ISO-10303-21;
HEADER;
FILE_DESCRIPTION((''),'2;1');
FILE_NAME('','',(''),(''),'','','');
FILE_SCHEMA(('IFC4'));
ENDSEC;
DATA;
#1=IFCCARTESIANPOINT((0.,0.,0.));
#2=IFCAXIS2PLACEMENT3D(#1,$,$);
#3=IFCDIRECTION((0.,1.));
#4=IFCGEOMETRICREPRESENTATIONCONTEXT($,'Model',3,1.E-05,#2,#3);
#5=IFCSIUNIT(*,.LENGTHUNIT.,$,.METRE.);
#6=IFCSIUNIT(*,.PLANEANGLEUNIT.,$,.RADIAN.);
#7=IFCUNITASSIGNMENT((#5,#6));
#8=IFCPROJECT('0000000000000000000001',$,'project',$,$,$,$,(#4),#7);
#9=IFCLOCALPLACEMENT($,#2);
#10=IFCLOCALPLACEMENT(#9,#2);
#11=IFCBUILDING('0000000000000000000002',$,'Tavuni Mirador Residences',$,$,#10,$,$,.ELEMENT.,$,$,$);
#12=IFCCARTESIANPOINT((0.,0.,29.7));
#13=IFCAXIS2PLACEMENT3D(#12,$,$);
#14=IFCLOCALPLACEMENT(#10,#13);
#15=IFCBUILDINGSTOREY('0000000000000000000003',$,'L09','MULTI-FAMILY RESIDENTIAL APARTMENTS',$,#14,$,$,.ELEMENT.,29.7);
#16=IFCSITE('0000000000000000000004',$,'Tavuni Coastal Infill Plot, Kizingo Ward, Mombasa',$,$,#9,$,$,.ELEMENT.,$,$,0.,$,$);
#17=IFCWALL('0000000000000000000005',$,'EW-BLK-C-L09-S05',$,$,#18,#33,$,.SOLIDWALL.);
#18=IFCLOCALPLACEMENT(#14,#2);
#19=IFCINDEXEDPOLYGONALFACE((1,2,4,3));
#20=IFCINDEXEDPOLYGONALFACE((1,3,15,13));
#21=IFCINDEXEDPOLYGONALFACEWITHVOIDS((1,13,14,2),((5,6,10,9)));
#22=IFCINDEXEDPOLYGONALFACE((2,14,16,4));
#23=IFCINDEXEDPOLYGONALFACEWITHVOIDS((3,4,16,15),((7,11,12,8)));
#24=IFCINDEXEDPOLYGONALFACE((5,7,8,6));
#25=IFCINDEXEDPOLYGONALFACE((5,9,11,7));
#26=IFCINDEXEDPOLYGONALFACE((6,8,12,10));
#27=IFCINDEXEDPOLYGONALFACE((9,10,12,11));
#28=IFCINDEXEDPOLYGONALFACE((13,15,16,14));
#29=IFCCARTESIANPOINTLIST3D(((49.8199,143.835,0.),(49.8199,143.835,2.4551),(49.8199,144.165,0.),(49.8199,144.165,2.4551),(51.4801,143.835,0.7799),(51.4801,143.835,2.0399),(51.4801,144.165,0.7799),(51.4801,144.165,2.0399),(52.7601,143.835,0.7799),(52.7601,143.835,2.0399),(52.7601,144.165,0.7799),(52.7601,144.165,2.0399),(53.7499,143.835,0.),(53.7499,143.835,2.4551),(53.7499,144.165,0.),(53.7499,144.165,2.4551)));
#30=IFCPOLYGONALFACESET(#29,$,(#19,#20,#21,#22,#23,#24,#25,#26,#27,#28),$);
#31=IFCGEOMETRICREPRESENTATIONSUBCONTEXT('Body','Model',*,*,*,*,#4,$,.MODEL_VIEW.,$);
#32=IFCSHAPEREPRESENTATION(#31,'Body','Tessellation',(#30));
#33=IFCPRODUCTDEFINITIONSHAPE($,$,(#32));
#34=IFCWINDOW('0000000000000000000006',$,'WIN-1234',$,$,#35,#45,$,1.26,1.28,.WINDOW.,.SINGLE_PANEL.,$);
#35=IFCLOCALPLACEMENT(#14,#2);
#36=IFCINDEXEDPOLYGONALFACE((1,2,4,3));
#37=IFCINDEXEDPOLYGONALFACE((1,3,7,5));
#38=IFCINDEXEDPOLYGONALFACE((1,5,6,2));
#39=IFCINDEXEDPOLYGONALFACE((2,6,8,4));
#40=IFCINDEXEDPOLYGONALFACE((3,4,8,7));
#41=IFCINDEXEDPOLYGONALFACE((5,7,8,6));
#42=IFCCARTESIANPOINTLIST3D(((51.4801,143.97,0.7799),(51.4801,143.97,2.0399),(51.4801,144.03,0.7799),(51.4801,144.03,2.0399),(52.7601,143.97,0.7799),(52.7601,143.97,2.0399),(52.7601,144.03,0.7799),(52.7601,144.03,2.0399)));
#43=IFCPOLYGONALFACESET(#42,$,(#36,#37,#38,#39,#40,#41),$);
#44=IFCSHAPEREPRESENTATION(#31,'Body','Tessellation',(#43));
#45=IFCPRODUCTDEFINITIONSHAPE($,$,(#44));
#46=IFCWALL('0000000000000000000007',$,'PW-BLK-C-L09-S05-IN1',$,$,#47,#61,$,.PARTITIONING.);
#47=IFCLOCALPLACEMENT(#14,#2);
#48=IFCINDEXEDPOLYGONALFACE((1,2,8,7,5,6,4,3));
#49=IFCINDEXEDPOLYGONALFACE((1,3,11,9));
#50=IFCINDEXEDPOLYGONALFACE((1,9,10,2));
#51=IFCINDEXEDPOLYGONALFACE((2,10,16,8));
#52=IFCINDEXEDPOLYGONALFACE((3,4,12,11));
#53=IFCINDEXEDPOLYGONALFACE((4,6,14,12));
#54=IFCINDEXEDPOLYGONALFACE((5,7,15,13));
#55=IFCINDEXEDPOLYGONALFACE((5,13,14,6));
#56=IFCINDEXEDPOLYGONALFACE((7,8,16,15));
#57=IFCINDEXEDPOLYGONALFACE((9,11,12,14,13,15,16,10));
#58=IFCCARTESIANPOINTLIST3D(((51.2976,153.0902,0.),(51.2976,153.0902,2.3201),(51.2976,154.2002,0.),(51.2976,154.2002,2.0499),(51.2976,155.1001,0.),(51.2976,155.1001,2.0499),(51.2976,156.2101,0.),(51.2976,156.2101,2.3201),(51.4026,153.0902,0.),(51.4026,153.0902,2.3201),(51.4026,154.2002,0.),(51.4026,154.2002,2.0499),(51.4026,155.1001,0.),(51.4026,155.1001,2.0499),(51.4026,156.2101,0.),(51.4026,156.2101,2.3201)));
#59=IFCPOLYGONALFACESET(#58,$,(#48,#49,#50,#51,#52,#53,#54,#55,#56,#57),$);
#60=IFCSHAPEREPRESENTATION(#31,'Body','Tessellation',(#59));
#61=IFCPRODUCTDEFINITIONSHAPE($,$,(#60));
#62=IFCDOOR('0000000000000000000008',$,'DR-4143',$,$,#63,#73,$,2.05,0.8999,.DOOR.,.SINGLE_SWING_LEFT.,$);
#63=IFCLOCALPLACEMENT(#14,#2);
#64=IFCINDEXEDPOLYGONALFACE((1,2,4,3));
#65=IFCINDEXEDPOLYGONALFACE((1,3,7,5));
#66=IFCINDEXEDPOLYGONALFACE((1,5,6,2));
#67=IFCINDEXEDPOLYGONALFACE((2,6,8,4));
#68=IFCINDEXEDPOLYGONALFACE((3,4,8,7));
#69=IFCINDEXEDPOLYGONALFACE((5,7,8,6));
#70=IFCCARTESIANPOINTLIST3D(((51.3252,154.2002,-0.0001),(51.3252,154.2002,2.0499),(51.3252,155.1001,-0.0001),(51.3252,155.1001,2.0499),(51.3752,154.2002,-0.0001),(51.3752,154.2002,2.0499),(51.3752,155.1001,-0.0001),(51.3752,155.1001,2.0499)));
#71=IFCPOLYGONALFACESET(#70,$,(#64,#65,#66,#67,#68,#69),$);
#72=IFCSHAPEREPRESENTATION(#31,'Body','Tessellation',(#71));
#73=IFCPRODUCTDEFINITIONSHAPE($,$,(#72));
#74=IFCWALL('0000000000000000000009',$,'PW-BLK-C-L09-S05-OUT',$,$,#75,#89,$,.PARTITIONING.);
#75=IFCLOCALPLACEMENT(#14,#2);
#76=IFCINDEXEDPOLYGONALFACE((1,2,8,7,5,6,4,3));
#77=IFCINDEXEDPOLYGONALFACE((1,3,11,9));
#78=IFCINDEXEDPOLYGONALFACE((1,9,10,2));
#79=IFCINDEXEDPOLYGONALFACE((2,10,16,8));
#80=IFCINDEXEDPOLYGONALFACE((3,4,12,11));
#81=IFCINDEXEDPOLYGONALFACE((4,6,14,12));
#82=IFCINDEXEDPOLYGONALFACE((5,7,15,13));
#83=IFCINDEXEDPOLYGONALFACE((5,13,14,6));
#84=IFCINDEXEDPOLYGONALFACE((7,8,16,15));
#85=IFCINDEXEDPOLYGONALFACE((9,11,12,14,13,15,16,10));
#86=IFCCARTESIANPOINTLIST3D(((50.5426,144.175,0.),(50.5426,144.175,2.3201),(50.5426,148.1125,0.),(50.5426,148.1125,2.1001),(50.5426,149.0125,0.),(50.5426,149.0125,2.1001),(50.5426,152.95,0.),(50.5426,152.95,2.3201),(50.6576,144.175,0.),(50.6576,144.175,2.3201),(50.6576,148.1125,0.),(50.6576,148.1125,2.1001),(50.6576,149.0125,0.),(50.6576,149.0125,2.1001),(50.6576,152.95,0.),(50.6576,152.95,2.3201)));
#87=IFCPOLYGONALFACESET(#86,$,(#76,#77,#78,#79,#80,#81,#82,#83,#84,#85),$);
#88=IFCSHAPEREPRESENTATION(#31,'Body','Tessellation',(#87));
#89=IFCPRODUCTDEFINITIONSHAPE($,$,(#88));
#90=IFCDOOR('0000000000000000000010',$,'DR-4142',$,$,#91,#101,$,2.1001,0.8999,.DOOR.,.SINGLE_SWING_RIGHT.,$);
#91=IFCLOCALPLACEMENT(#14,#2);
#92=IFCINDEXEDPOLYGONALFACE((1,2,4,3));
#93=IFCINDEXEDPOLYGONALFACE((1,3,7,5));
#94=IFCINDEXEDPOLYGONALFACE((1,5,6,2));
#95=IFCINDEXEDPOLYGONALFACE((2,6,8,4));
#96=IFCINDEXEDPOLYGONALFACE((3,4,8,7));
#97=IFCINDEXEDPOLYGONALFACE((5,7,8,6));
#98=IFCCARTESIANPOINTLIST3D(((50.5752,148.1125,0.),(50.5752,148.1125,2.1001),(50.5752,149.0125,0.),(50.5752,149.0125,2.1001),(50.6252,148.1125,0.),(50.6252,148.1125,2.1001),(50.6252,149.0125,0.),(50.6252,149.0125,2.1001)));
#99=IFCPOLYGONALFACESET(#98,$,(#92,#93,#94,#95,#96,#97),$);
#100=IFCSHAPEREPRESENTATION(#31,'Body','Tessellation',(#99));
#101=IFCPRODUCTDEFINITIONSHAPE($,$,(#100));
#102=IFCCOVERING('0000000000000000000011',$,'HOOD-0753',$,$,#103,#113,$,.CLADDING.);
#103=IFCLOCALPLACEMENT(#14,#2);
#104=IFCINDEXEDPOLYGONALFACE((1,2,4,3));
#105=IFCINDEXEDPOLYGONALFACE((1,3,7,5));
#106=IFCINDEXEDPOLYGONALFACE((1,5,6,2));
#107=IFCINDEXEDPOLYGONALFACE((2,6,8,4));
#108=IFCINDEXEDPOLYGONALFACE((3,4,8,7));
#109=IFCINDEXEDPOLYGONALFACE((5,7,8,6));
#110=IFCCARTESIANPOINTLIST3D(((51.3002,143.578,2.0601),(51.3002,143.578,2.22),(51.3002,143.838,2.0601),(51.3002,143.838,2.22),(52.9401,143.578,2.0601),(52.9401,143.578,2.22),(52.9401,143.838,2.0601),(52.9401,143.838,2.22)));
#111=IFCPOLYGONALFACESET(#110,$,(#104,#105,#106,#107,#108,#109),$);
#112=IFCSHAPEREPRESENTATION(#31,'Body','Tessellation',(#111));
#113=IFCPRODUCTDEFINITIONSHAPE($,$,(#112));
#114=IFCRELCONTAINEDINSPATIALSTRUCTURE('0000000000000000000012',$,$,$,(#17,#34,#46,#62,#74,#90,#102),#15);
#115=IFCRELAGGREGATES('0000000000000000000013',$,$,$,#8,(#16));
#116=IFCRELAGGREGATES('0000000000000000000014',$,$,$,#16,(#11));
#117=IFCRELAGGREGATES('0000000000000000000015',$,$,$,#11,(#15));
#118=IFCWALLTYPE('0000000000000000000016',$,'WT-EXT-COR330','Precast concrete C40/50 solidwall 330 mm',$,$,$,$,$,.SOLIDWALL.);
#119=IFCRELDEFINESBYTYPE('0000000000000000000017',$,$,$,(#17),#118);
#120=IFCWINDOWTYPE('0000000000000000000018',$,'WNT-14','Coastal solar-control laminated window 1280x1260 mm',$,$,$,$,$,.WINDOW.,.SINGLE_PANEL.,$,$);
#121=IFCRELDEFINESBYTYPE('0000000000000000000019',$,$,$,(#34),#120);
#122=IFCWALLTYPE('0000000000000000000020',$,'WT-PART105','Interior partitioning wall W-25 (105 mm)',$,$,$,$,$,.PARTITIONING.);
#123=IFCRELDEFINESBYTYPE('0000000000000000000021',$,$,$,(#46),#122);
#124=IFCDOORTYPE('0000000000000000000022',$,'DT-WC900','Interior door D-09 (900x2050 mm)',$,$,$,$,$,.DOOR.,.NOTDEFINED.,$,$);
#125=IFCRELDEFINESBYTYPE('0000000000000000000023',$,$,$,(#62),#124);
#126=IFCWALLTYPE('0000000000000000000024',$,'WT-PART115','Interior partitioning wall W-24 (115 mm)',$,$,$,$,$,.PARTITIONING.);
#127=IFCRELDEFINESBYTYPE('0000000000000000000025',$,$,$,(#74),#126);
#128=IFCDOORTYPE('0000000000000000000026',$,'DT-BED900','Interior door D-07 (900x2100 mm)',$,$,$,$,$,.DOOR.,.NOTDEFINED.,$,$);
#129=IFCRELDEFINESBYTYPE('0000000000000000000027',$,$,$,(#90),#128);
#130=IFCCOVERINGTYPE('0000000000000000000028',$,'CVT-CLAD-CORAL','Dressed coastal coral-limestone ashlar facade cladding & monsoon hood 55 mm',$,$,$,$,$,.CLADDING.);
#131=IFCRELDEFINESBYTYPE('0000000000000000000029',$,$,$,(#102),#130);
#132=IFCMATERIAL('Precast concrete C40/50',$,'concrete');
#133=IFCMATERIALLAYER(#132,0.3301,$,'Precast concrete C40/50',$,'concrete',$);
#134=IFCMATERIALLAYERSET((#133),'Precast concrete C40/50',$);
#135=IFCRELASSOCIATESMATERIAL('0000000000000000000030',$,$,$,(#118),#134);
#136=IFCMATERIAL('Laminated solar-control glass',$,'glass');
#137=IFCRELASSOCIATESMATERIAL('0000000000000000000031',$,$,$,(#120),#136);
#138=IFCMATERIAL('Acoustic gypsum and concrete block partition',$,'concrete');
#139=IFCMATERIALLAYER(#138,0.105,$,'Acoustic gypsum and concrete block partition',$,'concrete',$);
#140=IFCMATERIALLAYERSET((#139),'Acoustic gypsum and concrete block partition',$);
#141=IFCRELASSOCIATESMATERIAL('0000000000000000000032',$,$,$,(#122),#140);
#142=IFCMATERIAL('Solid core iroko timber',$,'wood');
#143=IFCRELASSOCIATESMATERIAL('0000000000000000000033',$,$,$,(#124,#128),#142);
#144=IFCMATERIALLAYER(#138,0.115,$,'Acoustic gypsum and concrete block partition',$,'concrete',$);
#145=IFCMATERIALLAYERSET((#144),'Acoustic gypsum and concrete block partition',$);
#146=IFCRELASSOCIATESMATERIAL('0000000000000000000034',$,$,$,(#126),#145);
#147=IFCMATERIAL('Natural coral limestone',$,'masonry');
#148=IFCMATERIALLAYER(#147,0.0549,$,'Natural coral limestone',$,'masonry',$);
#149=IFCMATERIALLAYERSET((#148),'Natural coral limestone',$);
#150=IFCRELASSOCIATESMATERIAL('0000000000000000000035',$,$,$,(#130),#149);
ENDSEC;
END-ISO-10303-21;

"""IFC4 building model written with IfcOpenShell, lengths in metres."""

from ifc_helpers import new_model, si_unit, direction, frame, frame_2d, origin, origin_2d, place, context, subcontext, project, spatial, rectangle, extrude, material, layer, layer_set, type_object, element, fill, save


model = new_model("IFC4")

# Units and contexts
model_context = context("Model", 3, precision=1e-05, world=origin(), true_north=direction((0.0, 1.0)))
body_context = subcontext(model_context, "Body", "Model", "MODEL_VIEW")
ifc_project = project(units=[si_unit("LENGTHUNIT", "METRE"), si_unit("PLANEANGLEUNIT", "RADIAN")], contexts=[model_context])

# Site, building, storey
site_placement = place(None, origin())
site = spatial("IfcSite", under=ifc_project, at=site_placement, Name="Tavuni Coastal Infill Plot, Kizingo Ward, Mombasa", CompositionType="ELEMENT", RefElevation=0.0)
building_placement = place(site_placement, origin())
building = spatial("IfcBuilding", under=site, at=building_placement, Name="Tavuni Mirador Residences", CompositionType="ELEMENT")
storey_placement = place(building_placement, frame((0.0, 0.0, 29.7)))
storey = spatial("IfcBuildingStorey", under=building, at=storey_placement, Name="L09", Description="MULTI-FAMILY RESIDENTIAL APARTMENTS", CompositionType="ELEMENT", Elevation=29.7)

# Shared definitions
ifc_material_1 = material(Name="Precast concrete C40/50", Category="concrete")

# Shared definitions
ifc_material_2 = material(Name="Laminated solar-control glass", Category="glass")

# Wall, opening, window
ifc_layer_1 = layer(ifc_material_1, 0.3301, Name="Precast concrete C40/50", Category="concrete")
ifc_layer_set_1 = layer_set([ifc_layer_1], Name="Precast concrete C40/50")
wall_type_1 = type_object("IfcWallType", Name="WT-EXT-COR330", Description="Precast concrete C40/50 solidwall 330 mm", PredefinedType="SOLIDWALL", material=ifc_layer_set_1)
wall_1_placement = place(storey_placement, frame((49.8201, 144.0, 0.0), z_axis=(0.0, 0.0, 1.0), x_axis=(1.0, 0.0, 0.0)))
wall_1 = element("IfcWall", 1, at=wall_1_placement, inside=storey, type_object=wall_type_1, Name="EW-BLK-C-L09-S05", PredefinedType="SOLIDWALL", context=body_context, shape_type="SweptSolid", body=[
    extrude(rectangle(XDim=3.9299, YDim=0.3301, at=frame_2d((1.9648, 0.0))), origin(), (0.0, 0.0, 1.0), 2.4551),
])
opening_1_placement = place(wall_1_placement, frame((1.6599, 0.0, 0.78)))
opening_1 = element("IfcOpeningElement", 2, at=opening_1_placement, cuts=wall_1, PredefinedType="OPENING", context=body_context, shape_type="SweptSolid", body=[
    extrude(rectangle(XDim=1.28, YDim=1.26, at=frame_2d((0.6401, 0.6299))), frame((0.0, 0.175, 0.0), z_axis=(0.0, -1.0, 0.0), x_axis=(1.0, 0.0, 0.0)), (0.0, 0.0, 1.0), 0.3501),
])
window_type = type_object("IfcWindowType", Name="WNT-14", Description="Coastal solar-control laminated window 1280x1260 mm", PartitioningType="SINGLE_PANEL", PredefinedType="WINDOW", material=ifc_material_2)
window_placement = place(opening_1_placement, origin())
window = element("IfcWindow", 3, at=window_placement, inside=storey, type_object=window_type, Name="WIN-1234", OverallHeight=1.26, OverallWidth=1.28, PartitioningType="SINGLE_PANEL", PredefinedType="WINDOW", context=body_context, shape_type="SweptSolid", body=[
    extrude(rectangle(XDim=1.28, YDim=1.26, at=frame_2d((0.6401, 0.6299))), frame((0.0, 0.03, 0.0), z_axis=(0.0, -1.0, 0.0), x_axis=(1.0, 0.0, 0.0)), (0.0, 0.0, 1.0), 0.0601),
])
fill(opening_1, window)

# Walls, openings, doors
ifc_material_3 = material(Name="Acoustic gypsum and concrete block partition", Category="concrete")
ifc_layer_2 = layer(ifc_material_3, 0.105, Name="Acoustic gypsum and concrete block partition", Category="concrete")
ifc_layer_set_2 = layer_set([ifc_layer_2], Name="Acoustic gypsum and concrete block partition")
wall_type_2 = type_object("IfcWallType", Name="WT-PART105", Description="Interior partitioning wall W-25 (105 mm)", PredefinedType="PARTITIONING", material=ifc_layer_set_2)
wall_2_placement = place(storey_placement, frame((51.3501, 153.0901, 0.0), z_axis=(0.0, 0.0, 1.0), x_axis=(0.0, 1.0, 0.0)))
wall_2 = element("IfcWall", 4, at=wall_2_placement, inside=storey, type_object=wall_type_2, Name="PW-BLK-C-L09-S05-IN1", PredefinedType="PARTITIONING", context=body_context, shape_type="SweptSolid", body=[
    extrude(rectangle(XDim=3.1199, YDim=0.105, at=frame_2d((1.5601, 0.0))), origin(), (0.0, 0.0, 1.0), 2.3201),
])
opening_2_placement = place(wall_2_placement, frame((1.1101, 0.0, 0.0)))
opening_2 = element("IfcOpeningElement", 5, at=opening_2_placement, cuts=wall_2, PredefinedType="OPENING", context=body_context, shape_type="SweptSolid", body=[
    extrude(rectangle(XDim=0.8999, YDim=2.05, at=frame_2d((0.45, 1.0249))), frame((0.0, 0.0625, 0.0), z_axis=(0.0, -1.0, 0.0), x_axis=(1.0, 0.0, 0.0)), (0.0, 0.0, 1.0), 0.125),
])
ifc_material_4 = material(Name="Solid core iroko timber", Category="wood")
door_type_1 = type_object("IfcDoorType", Name="DT-WC900", Description="Interior door D-09 (900x2050 mm)", OperationType="NOTDEFINED", PredefinedType="DOOR", material=ifc_material_4)
door_1_placement = place(opening_2_placement, origin())
door_1 = element("IfcDoor", 6, at=door_1_placement, inside=storey, type_object=door_type_1, Name="DR-4143", OperationType="SINGLE_SWING_LEFT", OverallHeight=2.05, OverallWidth=0.8999, PredefinedType="DOOR", context=body_context, shape_type="SweptSolid", body=[
    extrude(rectangle(XDim=0.8999, YDim=2.05, at=frame_2d((0.45, 1.0249))), frame((0.0, 0.0249, 0.0), z_axis=(0.0, -1.0, 0.0), x_axis=(1.0, 0.0, 0.0)), (0.0, 0.0, 1.0), 0.05),
])
fill(opening_2, door_1)
ifc_layer_3 = layer(ifc_material_3, 0.115, Name="Acoustic gypsum and concrete block partition", Category="concrete")
ifc_layer_set_3 = layer_set([ifc_layer_3], Name="Acoustic gypsum and concrete block partition")
wall_type_3 = type_object("IfcWallType", Name="WT-PART115", Description="Interior partitioning wall W-24 (115 mm)", PredefinedType="PARTITIONING", material=ifc_layer_set_3)
wall_3_placement = place(storey_placement, frame((50.6001, 144.175, 0.0), z_axis=(0.0, 0.0, 1.0), x_axis=(0.0, 1.0, 0.0)))
wall_3 = element("IfcWall", 7, at=wall_3_placement, inside=storey, type_object=wall_type_3, Name="PW-BLK-C-L09-S05-OUT", PredefinedType="PARTITIONING", context=body_context, shape_type="SweptSolid", body=[
    extrude(rectangle(XDim=8.7749, YDim=0.115, at=frame_2d((4.3875, 0.0))), origin(), (0.0, 0.0, 1.0), 2.3201),
])
opening_3_placement = place(wall_3_placement, frame((3.9375, 0.0, 0.0)))
opening_3 = element("IfcOpeningElement", 8, at=opening_3_placement, cuts=wall_3, PredefinedType="OPENING", context=body_context, shape_type="SweptSolid", body=[
    extrude(rectangle(XDim=0.8999, YDim=2.1001, at=frame_2d((0.45, 1.05))), frame((0.0, 0.0674, 0.0), z_axis=(0.0, -1.0, 0.0), x_axis=(1.0, 0.0, 0.0)), (0.0, 0.0, 1.0), 0.135),
])
door_type_2 = type_object("IfcDoorType", Name="DT-BED900", Description="Interior door D-07 (900x2100 mm)", OperationType="NOTDEFINED", PredefinedType="DOOR", material=ifc_material_4)
door_2_placement = place(opening_3_placement, origin())
door_2 = element("IfcDoor", 9, at=door_2_placement, inside=storey, type_object=door_type_2, Name="DR-4142", OperationType="SINGLE_SWING_RIGHT", OverallHeight=2.1001, OverallWidth=0.8999, PredefinedType="DOOR", context=body_context, shape_type="SweptSolid", body=[
    extrude(rectangle(XDim=0.8999, YDim=2.1001, at=frame_2d((0.45, 1.05))), frame((0.0, 0.0249, 0.0), z_axis=(0.0, -1.0, 0.0), x_axis=(1.0, 0.0, 0.0)), (0.0, 0.0, 1.0), 0.05),
])
fill(opening_3, door_2)

# Covering
ifc_material_5 = material(Name="Natural coral limestone", Category="masonry")
ifc_layer_4 = layer(ifc_material_5, 0.0549, Name="Natural coral limestone", Category="masonry")
ifc_layer_set_4 = layer_set([ifc_layer_4], Name="Natural coral limestone")
covering_type = type_object("IfcCoveringType", Name="CVT-CLAD-CORAL", Description="Dressed coastal coral-limestone ashlar facade cladding & monsoon hood 55 mm", PredefinedType="CLADDING", material=ifc_layer_set_4)
covering_placement = place(storey_placement, frame((52.1201, 143.708, 2.0601), z_axis=(0.0, 0.0, 1.0), x_axis=(1.0, 0.0, 0.0)))
element("IfcCovering", 10, at=covering_placement, inside=storey, type_object=covering_type, Name="HOOD-0753", PredefinedType="CLADDING", context=body_context, shape_type="SweptSolid", body=[
    extrude(rectangle(XDim=1.6399, YDim=0.26, at=origin_2d()), origin(), (0.0, 0.0, 1.0), 0.1599),
])

save(model, "model.ifc")
